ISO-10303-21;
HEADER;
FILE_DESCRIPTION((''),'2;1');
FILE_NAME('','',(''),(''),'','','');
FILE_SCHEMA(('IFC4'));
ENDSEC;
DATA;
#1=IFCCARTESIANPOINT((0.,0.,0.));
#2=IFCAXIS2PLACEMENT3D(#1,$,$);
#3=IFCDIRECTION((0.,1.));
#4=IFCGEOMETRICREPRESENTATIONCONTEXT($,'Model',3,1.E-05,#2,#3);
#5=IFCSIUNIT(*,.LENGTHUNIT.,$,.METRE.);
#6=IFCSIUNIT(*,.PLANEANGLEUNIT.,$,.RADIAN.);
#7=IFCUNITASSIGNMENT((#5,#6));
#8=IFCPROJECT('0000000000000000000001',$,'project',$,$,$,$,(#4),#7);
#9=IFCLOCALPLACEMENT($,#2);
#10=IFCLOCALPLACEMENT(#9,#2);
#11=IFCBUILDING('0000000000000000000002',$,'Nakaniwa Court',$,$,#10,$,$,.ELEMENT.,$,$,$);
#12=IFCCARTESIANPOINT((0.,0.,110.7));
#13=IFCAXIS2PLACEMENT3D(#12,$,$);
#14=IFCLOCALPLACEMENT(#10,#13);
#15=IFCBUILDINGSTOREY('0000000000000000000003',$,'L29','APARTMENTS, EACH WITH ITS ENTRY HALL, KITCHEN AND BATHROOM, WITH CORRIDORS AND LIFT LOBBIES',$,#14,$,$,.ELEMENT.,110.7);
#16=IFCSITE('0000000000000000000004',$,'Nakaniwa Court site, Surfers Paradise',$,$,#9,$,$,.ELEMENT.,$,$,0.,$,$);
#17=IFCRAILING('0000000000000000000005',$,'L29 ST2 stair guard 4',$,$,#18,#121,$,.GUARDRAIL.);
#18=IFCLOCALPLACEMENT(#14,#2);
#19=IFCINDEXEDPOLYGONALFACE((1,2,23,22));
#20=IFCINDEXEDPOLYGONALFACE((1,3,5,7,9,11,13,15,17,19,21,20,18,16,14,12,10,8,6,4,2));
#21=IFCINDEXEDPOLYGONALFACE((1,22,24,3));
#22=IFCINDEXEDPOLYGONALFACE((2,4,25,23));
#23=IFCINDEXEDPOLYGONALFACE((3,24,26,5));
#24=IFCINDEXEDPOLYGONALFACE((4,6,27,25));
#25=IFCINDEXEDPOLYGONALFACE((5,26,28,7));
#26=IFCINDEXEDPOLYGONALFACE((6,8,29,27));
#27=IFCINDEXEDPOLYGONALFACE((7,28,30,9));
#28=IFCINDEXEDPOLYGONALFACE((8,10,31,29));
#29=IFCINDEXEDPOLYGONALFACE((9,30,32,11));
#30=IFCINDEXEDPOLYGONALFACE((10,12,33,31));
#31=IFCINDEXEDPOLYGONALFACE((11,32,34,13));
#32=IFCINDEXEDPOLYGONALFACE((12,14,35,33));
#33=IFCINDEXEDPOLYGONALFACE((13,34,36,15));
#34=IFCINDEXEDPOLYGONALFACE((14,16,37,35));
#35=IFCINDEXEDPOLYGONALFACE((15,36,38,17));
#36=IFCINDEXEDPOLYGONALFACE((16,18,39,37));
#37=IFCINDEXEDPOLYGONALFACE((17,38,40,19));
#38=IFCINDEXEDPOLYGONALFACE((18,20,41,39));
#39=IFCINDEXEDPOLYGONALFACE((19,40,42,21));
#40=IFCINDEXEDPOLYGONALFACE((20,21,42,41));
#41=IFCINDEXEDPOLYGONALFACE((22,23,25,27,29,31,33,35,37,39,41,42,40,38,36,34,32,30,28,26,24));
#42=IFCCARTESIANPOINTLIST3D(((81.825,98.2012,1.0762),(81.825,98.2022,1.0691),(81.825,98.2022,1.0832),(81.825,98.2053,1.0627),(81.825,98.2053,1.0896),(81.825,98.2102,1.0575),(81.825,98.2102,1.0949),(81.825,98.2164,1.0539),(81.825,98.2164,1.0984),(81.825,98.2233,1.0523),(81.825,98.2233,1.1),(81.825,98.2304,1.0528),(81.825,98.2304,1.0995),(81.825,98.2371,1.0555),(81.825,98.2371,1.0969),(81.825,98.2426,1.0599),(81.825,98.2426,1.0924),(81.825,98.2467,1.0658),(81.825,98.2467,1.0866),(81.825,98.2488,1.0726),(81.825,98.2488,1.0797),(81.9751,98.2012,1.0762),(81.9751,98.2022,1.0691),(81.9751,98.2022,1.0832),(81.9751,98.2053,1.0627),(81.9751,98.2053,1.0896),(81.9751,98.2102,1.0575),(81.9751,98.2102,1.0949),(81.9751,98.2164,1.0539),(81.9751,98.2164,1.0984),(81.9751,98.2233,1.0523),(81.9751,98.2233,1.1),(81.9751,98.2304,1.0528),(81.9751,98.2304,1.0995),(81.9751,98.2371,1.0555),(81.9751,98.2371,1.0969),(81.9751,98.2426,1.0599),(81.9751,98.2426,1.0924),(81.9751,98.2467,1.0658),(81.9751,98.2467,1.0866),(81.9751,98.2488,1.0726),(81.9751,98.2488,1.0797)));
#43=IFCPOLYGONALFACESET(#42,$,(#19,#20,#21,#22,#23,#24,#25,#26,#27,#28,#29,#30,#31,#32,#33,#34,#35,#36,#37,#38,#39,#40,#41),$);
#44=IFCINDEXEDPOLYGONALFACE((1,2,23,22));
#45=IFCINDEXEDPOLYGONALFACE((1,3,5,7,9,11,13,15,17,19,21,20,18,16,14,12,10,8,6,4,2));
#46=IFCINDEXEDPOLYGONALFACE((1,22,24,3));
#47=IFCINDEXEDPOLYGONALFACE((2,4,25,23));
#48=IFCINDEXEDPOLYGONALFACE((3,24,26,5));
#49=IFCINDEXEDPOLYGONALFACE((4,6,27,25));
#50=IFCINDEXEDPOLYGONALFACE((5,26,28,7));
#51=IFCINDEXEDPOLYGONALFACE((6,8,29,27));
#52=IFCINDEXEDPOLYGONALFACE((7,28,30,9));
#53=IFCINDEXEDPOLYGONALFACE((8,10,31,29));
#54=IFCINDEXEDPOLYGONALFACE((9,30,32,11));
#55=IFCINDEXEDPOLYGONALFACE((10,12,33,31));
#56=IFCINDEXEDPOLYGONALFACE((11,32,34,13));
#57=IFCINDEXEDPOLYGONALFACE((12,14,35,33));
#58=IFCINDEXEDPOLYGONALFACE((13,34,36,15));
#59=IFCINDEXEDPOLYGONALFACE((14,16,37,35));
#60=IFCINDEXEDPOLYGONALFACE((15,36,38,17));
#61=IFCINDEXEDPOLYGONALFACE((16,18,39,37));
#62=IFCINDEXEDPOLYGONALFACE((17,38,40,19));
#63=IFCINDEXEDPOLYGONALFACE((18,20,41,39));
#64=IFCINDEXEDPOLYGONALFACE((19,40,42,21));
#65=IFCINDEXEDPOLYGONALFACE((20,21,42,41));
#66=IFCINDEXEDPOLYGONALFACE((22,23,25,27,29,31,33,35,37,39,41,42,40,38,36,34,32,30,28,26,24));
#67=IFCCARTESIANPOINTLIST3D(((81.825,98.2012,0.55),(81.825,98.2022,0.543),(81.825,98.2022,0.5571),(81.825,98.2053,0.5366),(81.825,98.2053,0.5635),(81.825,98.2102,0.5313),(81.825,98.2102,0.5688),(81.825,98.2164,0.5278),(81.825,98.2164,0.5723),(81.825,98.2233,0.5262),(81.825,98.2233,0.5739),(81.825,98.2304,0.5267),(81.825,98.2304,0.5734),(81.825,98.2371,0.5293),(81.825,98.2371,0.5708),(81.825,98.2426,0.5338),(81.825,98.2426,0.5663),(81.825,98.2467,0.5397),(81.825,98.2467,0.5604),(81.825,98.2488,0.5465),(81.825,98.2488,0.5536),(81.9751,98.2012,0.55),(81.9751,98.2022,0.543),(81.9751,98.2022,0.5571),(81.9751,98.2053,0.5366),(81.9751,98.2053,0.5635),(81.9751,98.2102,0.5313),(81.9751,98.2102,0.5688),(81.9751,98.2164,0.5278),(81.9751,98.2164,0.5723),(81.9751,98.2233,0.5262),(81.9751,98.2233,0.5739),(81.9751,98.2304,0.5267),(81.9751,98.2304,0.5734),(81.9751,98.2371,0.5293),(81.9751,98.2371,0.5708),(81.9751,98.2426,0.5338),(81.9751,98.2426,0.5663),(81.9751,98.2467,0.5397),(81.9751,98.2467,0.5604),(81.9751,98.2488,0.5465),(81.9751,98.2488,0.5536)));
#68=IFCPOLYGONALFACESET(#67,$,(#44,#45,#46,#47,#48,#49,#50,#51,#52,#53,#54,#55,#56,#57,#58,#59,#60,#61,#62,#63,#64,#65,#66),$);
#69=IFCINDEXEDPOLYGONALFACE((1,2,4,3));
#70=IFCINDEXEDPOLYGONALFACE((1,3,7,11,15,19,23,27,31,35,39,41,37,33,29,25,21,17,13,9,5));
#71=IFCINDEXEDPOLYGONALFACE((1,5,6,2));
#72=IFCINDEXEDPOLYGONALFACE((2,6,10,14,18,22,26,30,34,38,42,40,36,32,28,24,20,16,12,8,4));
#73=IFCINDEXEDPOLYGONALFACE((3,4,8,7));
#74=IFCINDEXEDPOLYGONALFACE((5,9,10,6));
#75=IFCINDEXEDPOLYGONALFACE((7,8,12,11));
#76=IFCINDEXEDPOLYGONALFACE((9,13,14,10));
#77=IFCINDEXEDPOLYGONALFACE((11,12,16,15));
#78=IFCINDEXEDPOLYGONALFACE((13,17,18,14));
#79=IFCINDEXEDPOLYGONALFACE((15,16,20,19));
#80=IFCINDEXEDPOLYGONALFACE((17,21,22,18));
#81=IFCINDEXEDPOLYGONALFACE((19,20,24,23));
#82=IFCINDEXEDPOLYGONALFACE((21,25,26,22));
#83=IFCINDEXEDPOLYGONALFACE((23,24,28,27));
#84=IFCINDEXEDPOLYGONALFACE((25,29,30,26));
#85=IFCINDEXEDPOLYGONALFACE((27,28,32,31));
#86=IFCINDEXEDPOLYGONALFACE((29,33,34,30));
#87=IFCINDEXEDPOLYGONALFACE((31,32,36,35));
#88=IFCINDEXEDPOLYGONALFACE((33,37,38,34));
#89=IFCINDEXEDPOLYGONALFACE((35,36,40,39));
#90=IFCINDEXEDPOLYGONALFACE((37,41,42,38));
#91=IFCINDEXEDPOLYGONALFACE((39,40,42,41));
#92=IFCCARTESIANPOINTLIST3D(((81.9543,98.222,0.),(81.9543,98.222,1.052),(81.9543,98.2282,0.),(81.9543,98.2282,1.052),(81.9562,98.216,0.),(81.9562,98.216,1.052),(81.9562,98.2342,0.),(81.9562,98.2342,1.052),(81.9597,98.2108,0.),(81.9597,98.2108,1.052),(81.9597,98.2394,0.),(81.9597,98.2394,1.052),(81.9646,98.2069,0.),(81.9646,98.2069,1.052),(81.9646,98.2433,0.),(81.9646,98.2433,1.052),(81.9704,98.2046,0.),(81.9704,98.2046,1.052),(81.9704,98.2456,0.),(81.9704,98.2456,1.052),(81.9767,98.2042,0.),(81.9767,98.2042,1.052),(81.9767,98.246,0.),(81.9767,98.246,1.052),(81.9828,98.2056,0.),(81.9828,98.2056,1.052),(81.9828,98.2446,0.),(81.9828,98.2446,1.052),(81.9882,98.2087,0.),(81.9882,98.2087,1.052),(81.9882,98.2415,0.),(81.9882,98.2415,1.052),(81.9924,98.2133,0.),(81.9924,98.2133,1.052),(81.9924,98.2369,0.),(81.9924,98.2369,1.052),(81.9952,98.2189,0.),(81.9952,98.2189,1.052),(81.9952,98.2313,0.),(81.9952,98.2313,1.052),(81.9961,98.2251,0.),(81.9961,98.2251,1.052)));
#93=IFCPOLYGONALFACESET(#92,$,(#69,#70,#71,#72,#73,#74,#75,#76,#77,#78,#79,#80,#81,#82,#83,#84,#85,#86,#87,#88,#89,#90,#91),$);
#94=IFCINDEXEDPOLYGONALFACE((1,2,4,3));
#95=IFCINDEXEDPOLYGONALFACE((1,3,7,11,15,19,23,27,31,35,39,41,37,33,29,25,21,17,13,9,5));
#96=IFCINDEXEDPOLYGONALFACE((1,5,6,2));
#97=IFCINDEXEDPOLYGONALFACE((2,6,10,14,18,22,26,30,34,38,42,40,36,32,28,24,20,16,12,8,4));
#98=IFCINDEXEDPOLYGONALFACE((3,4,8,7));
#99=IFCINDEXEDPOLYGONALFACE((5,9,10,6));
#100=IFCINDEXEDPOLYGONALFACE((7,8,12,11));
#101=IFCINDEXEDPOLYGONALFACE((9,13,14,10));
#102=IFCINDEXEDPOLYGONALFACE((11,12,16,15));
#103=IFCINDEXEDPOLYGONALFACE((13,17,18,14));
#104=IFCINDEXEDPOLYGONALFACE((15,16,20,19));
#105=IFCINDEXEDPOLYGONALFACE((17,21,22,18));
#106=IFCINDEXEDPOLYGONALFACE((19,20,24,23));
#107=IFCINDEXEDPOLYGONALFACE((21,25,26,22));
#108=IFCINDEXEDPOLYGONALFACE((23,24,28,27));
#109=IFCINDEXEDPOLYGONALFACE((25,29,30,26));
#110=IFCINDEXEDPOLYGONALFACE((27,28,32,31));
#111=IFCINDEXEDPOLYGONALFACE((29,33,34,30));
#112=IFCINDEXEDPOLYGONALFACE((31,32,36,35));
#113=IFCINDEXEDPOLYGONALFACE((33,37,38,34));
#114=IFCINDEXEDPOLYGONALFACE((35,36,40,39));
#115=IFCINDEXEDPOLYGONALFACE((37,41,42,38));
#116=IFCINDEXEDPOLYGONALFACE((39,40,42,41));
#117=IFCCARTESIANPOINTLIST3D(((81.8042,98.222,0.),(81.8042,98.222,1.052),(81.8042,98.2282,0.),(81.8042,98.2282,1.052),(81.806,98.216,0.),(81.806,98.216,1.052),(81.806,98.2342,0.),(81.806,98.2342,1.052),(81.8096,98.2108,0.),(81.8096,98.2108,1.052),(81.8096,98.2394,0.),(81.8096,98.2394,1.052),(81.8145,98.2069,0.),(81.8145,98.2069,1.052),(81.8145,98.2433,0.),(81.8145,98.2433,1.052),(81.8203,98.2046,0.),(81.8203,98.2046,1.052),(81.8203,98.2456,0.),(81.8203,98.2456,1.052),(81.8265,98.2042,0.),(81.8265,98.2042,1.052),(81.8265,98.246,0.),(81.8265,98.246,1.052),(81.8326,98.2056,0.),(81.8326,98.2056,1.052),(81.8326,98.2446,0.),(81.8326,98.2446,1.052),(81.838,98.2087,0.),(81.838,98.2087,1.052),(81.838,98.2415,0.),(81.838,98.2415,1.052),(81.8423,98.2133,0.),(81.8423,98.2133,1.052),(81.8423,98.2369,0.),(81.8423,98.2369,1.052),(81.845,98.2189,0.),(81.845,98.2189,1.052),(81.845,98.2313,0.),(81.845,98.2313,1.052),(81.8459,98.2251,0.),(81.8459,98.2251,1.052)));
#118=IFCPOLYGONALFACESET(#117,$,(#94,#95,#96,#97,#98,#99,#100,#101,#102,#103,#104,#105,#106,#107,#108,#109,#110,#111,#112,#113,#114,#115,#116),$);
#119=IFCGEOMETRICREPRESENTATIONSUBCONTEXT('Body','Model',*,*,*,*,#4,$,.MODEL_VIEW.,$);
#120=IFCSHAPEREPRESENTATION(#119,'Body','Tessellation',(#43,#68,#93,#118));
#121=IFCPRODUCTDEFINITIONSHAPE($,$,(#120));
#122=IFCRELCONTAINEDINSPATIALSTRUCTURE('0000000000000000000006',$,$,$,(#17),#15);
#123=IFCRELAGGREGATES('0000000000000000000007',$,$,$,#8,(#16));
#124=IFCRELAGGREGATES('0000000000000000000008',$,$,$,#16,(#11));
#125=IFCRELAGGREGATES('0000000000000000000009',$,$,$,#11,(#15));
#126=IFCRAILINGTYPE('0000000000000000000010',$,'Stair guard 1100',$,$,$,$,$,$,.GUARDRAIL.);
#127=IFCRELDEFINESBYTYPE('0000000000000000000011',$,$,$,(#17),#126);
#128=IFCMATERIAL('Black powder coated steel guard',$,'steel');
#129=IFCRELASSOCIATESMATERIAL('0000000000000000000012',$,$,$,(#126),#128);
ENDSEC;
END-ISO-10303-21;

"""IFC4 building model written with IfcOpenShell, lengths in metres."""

from ifc_helpers import new_model, si_unit, direction, frame, origin, origin_2d, place, context, subcontext, project, spatial, circle, extrude, material, type_object, element, save


model = new_model("IFC4")

# Units and contexts
model_context = context("Model", 3, precision=1e-05, world=origin(), true_north=direction((0.0, 1.0)))
body_context = subcontext(model_context, "Body", "Model", "MODEL_VIEW")
ifc_project = project(units=[si_unit("LENGTHUNIT", "METRE"), si_unit("PLANEANGLEUNIT", "RADIAN")], contexts=[model_context])

# Site, building, storey
site_placement = place(None, origin())
site = spatial("IfcSite", under=ifc_project, at=site_placement, Name="Nakaniwa Court site, Surfers Paradise", CompositionType="ELEMENT", RefElevation=0.0)
building_placement = place(site_placement, origin())
building = spatial("IfcBuilding", under=site, at=building_placement, Name="Nakaniwa Court", CompositionType="ELEMENT")
storey_placement = place(building_placement, frame((0.0, 0.0, 110.7)))
storey = spatial("IfcBuildingStorey", under=building, at=storey_placement, Name="L29", Description="APARTMENTS, EACH WITH ITS ENTRY HALL, KITCHEN AND BATHROOM, WITH CORRIDORS AND LIFT LOBBIES", CompositionType="ELEMENT", Elevation=110.7)

# Railing
ifc_material_1 = material(Name="Black powder coated steel guard", Category="steel")
railing_type_1 = type_object("IfcRailingType", Name="Stair guard 1100", PredefinedType="GUARDRAIL", material=ifc_material_1)
railing_1_placement = place(storey_placement, frame((81.9751, 98.2251, 0.0)))
element("IfcRailing", 1, at=railing_1_placement, inside=storey, type_object=railing_type_1, Name="L29 ST2 stair guard 4", PredefinedType="GUARDRAIL", context=body_context, shape_type="SweptSolid", body=[
    extrude(circle(Radius=0.0239, at=origin_2d()), frame((0.0, 0.0, 1.0762), z_axis=(-1.0, 0.0, 0.0), x_axis=(0.0, -1.0, 0.0)), (0.0, 0.0, 1.0), 0.1501),
    extrude(circle(Radius=0.0239, at=origin_2d()), frame((0.0, 0.0, 0.55), z_axis=(-1.0, 0.0, 0.0), x_axis=(0.0, -1.0, 0.0)), (0.0, 0.0, 1.0), 0.1501),
    extrude(circle(Radius=0.021, at=origin_2d()), origin(), (0.0, 0.0, 1.0), 1.052),
    extrude(circle(Radius=0.021, at=origin_2d()), frame((-0.1501, 0.0, 0.0)), (0.0, 0.0, 1.0), 1.052),
])

save(model, "model.ifc")
